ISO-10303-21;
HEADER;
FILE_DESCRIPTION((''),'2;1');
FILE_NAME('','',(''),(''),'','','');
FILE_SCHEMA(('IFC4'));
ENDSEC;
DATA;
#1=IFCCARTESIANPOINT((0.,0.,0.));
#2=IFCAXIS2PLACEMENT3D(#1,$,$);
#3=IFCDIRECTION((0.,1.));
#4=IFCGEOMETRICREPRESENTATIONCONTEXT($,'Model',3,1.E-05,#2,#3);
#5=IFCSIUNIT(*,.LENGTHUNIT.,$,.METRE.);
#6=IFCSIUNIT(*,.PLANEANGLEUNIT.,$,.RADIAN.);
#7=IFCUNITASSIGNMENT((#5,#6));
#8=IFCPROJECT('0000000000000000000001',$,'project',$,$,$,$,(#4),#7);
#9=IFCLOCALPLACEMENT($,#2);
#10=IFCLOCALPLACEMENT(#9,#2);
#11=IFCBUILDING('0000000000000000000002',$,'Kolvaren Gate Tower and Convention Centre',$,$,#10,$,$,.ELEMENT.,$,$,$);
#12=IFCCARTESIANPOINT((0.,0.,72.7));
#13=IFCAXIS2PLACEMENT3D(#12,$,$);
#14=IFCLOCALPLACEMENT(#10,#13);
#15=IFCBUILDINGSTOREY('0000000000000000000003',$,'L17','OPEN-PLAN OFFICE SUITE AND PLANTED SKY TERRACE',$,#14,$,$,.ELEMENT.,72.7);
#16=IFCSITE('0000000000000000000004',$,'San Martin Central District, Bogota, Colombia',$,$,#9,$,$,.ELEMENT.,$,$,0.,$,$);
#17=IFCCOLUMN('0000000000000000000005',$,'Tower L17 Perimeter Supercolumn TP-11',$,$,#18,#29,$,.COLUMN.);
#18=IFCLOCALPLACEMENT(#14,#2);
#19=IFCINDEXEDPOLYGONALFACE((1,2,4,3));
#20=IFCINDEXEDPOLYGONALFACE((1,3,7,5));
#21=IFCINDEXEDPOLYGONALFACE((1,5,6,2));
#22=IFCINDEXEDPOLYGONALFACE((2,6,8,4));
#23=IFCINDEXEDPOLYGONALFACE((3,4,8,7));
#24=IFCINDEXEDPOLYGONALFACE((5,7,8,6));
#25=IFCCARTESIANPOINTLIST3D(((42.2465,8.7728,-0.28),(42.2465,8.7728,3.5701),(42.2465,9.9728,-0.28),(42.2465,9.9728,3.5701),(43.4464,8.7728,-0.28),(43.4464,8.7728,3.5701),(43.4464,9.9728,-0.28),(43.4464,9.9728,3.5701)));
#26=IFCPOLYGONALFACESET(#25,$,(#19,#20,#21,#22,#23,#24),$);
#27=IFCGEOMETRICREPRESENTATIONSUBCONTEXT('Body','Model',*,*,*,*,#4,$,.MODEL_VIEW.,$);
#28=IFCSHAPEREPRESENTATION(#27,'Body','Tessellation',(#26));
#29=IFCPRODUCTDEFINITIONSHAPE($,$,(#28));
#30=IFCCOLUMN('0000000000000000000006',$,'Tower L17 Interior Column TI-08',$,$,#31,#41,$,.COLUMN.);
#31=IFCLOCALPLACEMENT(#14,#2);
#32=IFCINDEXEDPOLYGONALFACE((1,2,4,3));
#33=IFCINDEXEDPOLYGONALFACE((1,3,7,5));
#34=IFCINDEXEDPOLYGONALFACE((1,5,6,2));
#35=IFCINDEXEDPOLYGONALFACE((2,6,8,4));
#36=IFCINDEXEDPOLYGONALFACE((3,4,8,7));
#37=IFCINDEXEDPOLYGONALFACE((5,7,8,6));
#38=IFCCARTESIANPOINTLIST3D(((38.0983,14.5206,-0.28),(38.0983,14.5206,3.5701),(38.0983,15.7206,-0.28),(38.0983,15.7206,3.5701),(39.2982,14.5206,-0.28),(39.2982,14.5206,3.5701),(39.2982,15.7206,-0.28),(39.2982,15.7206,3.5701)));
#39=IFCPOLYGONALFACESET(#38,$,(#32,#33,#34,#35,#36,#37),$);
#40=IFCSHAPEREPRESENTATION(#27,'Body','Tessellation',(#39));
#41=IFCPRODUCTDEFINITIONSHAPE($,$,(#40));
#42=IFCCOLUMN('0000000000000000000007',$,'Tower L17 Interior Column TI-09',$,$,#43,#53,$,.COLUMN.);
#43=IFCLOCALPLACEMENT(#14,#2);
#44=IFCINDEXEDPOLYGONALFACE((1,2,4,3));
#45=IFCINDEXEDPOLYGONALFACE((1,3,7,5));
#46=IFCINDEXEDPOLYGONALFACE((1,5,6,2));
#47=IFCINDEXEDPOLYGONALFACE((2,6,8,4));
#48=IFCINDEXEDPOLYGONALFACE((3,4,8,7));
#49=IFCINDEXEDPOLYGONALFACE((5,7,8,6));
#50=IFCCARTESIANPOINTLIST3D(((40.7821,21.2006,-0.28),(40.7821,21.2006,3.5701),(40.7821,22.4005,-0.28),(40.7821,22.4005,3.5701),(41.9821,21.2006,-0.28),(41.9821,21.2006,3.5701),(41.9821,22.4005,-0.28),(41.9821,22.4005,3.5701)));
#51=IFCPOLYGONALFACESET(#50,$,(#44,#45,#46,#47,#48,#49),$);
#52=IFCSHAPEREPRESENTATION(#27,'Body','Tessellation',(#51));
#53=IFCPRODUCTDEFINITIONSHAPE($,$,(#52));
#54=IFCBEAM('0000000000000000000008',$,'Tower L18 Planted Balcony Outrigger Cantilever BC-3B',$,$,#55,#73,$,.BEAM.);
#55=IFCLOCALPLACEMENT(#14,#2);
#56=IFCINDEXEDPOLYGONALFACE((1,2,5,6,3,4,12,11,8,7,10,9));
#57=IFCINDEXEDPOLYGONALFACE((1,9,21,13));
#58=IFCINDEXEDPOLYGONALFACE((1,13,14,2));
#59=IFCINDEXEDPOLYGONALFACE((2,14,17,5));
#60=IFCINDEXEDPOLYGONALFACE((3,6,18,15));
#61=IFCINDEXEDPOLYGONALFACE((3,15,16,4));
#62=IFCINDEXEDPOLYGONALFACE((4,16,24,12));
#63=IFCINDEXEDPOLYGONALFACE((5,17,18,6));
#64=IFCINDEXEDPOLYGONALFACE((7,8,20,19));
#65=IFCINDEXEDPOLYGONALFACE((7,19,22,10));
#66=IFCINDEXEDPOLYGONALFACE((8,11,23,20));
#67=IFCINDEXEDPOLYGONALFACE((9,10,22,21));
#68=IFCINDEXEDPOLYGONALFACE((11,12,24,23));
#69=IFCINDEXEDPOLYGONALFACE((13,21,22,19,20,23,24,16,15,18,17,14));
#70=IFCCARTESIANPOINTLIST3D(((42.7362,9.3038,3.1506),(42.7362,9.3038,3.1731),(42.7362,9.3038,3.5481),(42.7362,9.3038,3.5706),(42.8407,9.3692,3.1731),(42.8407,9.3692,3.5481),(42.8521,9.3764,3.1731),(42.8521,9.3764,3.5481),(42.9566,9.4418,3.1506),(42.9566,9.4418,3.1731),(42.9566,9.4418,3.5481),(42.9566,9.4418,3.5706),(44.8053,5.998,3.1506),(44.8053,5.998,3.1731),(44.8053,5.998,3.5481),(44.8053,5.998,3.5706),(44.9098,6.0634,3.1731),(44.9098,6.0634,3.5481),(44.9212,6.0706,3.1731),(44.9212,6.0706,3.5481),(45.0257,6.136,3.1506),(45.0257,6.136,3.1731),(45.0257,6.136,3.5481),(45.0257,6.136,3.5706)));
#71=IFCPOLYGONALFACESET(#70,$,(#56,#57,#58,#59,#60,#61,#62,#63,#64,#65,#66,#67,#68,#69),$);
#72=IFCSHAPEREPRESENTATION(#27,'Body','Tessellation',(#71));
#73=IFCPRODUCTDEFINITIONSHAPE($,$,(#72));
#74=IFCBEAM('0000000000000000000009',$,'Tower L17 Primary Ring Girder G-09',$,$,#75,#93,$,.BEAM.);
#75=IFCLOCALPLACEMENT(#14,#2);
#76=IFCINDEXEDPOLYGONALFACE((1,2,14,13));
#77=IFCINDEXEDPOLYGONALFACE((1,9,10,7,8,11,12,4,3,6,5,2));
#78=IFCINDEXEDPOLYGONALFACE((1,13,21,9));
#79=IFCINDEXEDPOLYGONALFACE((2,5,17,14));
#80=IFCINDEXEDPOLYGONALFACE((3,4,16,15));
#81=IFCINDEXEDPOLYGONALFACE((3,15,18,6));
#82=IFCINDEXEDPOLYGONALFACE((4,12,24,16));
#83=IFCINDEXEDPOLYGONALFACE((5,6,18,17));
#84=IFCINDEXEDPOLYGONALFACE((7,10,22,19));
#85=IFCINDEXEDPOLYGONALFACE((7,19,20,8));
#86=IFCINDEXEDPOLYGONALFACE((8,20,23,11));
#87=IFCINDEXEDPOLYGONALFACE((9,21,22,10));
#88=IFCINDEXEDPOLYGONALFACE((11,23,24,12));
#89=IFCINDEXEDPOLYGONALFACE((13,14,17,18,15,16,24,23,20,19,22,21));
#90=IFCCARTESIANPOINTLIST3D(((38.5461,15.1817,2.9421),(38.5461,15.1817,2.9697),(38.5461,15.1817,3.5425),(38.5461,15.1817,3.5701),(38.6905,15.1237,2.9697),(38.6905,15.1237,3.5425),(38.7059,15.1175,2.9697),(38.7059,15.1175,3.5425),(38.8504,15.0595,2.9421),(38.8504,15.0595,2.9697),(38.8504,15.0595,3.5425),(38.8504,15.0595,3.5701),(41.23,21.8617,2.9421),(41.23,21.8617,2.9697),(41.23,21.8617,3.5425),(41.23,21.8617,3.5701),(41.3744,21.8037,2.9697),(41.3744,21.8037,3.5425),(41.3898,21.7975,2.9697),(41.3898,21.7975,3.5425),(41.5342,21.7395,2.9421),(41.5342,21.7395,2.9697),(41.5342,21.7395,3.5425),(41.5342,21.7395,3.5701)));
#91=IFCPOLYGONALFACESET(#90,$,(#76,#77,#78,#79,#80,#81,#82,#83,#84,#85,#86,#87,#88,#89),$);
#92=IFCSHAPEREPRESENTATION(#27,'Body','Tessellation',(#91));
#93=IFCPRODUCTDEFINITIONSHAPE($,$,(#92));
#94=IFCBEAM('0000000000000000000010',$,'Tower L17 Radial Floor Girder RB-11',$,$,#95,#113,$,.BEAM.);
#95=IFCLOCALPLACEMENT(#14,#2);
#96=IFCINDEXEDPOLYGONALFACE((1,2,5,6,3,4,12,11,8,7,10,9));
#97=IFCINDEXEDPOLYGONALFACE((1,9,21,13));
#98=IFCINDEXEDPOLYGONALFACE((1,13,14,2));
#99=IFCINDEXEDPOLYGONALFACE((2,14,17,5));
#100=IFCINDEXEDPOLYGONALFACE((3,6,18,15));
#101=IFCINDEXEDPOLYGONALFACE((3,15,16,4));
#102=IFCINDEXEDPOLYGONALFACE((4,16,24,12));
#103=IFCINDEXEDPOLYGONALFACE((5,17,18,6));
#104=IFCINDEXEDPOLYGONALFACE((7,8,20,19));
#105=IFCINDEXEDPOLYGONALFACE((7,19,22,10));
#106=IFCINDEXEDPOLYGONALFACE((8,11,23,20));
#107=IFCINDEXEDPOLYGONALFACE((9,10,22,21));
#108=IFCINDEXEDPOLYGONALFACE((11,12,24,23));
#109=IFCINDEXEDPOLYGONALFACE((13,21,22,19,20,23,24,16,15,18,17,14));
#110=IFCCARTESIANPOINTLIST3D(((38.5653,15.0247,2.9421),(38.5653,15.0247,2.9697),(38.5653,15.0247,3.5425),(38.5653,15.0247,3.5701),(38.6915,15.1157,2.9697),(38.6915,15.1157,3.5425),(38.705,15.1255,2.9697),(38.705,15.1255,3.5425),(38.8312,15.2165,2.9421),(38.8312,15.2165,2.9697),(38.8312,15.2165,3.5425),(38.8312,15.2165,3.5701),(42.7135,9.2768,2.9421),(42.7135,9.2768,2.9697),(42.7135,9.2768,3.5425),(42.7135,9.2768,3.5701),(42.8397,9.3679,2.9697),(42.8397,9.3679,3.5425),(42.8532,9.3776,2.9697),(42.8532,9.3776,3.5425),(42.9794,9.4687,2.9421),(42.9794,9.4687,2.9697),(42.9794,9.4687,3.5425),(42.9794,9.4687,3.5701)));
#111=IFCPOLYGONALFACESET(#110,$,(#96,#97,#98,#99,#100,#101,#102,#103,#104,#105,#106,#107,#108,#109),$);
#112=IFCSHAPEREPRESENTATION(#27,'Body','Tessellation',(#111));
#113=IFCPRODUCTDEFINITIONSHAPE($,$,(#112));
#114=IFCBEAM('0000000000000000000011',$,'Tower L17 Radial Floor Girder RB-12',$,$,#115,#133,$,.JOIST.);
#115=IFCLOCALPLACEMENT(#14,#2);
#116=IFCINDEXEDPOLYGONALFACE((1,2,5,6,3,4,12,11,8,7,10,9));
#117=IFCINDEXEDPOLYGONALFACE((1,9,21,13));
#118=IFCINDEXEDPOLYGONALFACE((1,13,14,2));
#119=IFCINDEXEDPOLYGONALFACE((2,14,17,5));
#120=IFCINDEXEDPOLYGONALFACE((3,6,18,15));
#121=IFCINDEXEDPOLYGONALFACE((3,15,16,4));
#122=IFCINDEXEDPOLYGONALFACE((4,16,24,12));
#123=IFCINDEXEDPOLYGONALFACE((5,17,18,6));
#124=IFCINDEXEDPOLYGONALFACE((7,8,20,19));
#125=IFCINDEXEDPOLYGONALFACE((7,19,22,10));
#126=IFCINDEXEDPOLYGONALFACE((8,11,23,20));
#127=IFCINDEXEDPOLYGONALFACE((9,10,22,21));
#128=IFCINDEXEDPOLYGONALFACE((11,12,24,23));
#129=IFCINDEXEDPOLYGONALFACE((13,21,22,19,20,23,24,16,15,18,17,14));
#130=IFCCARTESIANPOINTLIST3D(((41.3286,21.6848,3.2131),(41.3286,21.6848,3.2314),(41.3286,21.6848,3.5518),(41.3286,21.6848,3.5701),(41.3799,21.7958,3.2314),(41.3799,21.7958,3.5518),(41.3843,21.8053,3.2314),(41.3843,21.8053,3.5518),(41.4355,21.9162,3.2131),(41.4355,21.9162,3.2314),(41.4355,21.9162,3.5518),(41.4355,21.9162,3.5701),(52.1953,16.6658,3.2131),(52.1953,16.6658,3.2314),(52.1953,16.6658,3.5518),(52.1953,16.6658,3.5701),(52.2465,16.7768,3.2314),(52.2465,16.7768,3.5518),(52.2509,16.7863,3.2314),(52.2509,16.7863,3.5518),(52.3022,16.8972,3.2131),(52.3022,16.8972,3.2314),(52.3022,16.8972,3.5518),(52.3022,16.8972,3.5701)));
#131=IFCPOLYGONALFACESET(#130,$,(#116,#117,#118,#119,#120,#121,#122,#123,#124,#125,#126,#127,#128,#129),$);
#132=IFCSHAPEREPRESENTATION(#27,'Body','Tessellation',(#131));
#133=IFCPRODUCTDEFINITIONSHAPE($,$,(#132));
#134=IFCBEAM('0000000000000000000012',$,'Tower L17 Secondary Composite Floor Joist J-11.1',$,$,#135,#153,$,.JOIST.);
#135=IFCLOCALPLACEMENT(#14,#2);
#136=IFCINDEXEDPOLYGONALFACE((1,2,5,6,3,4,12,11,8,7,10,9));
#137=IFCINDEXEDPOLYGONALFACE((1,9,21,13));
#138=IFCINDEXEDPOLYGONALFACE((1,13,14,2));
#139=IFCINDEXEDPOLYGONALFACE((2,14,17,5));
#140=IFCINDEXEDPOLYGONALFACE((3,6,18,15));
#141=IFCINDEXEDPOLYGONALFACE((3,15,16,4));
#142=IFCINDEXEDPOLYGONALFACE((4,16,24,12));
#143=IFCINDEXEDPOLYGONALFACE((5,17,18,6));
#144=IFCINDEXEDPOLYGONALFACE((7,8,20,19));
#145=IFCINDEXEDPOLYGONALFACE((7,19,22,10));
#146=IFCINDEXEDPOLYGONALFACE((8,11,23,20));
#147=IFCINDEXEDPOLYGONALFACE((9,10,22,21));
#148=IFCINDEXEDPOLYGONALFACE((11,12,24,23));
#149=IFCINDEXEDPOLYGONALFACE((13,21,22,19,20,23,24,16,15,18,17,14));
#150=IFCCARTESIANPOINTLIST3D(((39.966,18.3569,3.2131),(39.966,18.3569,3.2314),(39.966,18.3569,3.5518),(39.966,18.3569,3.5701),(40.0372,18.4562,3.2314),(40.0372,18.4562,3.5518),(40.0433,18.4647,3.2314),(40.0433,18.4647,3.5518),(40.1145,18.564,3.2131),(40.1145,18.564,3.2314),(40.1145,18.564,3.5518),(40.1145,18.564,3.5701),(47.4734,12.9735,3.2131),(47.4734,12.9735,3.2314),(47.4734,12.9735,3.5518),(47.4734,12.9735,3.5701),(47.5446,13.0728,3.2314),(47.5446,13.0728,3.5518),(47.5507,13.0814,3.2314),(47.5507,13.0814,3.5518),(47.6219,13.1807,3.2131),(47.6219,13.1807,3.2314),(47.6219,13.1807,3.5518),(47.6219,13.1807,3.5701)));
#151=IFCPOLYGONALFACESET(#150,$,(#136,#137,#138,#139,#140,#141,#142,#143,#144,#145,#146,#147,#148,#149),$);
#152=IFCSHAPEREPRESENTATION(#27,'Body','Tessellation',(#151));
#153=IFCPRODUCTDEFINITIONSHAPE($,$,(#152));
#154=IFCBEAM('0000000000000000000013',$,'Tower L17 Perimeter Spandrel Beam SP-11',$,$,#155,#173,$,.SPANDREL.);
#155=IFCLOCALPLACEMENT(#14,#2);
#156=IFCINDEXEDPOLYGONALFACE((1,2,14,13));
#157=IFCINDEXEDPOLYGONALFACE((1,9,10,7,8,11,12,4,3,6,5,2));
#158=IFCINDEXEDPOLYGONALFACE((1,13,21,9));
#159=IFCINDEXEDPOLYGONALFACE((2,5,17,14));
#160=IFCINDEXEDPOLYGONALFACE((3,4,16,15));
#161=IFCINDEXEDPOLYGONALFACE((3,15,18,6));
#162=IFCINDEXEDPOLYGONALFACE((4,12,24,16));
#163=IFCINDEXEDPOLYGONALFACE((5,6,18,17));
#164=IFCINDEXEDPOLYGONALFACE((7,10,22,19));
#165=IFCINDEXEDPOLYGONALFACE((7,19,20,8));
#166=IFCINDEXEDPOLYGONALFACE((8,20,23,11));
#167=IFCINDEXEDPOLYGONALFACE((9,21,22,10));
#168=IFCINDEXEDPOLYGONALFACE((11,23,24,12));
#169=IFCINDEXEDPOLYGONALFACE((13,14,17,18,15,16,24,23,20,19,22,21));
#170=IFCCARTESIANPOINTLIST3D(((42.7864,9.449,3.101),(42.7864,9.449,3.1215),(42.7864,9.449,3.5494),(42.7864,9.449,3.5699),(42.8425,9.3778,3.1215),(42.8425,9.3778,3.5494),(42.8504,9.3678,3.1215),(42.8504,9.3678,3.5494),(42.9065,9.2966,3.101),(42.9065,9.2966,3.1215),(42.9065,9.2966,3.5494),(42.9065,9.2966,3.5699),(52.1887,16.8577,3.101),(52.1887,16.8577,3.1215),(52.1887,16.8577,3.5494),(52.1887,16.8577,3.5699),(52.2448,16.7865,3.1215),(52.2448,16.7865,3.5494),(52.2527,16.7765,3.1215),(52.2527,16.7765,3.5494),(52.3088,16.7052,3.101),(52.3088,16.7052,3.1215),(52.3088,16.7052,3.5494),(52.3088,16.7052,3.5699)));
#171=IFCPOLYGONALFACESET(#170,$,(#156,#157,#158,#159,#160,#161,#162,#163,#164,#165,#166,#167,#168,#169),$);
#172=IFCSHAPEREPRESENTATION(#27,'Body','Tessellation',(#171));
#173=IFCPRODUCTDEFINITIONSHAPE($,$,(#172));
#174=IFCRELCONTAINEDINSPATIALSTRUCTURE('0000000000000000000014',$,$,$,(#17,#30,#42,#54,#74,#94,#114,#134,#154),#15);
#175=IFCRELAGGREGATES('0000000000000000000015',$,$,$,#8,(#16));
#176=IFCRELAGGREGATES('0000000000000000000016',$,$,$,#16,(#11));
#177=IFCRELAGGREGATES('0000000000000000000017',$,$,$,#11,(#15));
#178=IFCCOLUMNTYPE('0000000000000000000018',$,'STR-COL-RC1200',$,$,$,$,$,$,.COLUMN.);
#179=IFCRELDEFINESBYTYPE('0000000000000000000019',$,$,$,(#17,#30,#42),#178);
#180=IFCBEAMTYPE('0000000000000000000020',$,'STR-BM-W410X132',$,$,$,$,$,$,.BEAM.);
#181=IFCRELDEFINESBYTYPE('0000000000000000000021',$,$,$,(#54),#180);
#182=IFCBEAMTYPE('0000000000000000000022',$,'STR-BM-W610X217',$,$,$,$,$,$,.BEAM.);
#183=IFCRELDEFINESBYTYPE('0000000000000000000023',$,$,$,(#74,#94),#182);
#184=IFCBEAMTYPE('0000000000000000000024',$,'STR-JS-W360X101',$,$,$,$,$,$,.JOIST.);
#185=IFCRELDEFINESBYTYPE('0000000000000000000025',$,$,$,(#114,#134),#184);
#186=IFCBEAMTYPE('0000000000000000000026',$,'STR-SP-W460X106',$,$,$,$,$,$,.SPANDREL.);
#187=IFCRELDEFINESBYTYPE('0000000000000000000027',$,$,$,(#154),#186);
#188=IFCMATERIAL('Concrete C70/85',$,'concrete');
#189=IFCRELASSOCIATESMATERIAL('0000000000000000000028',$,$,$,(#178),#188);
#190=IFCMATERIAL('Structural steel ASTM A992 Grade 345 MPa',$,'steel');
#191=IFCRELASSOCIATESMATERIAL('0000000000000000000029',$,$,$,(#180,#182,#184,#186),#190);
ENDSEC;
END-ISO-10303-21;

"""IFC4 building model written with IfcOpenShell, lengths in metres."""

from ifc_helpers import new_model, si_unit, direction, frame, origin, origin_2d, place, context, subcontext, project, spatial, rectangle, i_section, extrude, material, material_profile, profile_set, type_object, element, save


model = new_model("IFC4")

# Units and contexts
model_context = context("Model", 3, precision=1e-05, world=origin(), true_north=direction((0.0, 1.0)))
body_context = subcontext(model_context, "Body", "Model", "MODEL_VIEW")
ifc_project = project(units=[si_unit("LENGTHUNIT", "METRE"), si_unit("PLANEANGLEUNIT", "RADIAN")], contexts=[model_context])

# Site, building, storey
site_placement = place(None, origin())
site = spatial("IfcSite", under=ifc_project, at=site_placement, Name="San Martin Central District, Bogota, Colombia", CompositionType="ELEMENT", RefElevation=0.0)
building_placement = place(site_placement, origin())
building = spatial("IfcBuilding", under=site, at=building_placement, Name="Kolvaren Gate Tower and Convention Centre", CompositionType="ELEMENT")
storey_placement = place(building_placement, frame((0.0, 0.0, 72.7)))
storey = spatial("IfcBuildingStorey", under=building, at=storey_placement, Name="L17", Description="OPEN-PLAN OFFICE SUITE AND PLANTED SKY TERRACE", CompositionType="ELEMENT", Elevation=72.7)

# Columns
ifc_material_1 = material(Name="Concrete C70/85", Category="concrete")
ifc_material_profile_1 = material_profile(ifc_material_1, rectangle(XDim=1.2, YDim=1.2, at=origin_2d()), Name="RC-COL-1200X1200")
ifc_profile_set_1 = profile_set([ifc_material_profile_1], Name="Concrete C70/85")
column_type = type_object("IfcColumnType", Name="STR-COL-RC1200", PredefinedType="COLUMN", material=ifc_profile_set_1)
for number, where, z_axis, x_axis, name in (
    (1, (42.8464, 9.3728, -0.28), (0.0, 0.0, 1.0), (1.0, 0.0, 0.0), "Tower L17 Perimeter Supercolumn TP-11"),
    (2, (38.6982, 15.1206, -0.28), (0.0, 0.0, 1.0), (1.0, 0.0, 0.0), "Tower L17 Interior Column TI-08"),
    (3, (41.3821, 21.8005, -0.28), (0.0, 0.0, 1.0), (1.0, 0.0, 0.0), "Tower L17 Interior Column TI-09"),
):
    element("IfcColumn", number, at=place(storey_placement, frame(where, z_axis=z_axis, x_axis=x_axis)), inside=storey, type_object=column_type, Name=name, PredefinedType="COLUMN", context=body_context, shape_type="SweptSolid", body=[
        extrude(rectangle(XDim=1.2, YDim=1.2, at=origin_2d()), origin(), (0.0, 0.0, 1.0), 3.8501),
    ])

# Beams
ifc_material_2 = material(Name="Structural steel ASTM A992 Grade 345 MPa", Category="steel")
ifc_material_profile_2 = material_profile(ifc_material_2, i_section(OverallWidth=0.26, OverallDepth=0.4199, WebThickness=0.0134, FlangeThickness=0.0225, at=origin_2d()), Name="W410X132")
ifc_profile_set_2 = profile_set([ifc_material_profile_2], Name="Structural steel ASTM A992 Grade 345 MPa")
beam_type_1 = type_object("IfcBeamType", Name="STR-BM-W410X132", PredefinedType="BEAM", material=ifc_profile_set_2)
beam_1_placement = place(storey_placement, frame((42.8464, 9.3728, 3.3606), z_axis=(0.530533, -0.847664, 0.0), x_axis=(0.847664, 0.530533, 0.0)))
element("IfcBeam", 4, at=beam_1_placement, inside=storey, type_object=beam_type_1, Name="Tower L18 Planted Balcony Outrigger Cantilever BC-3B", PredefinedType="BEAM", context=body_context, shape_type="SweptSolid", body=[
    extrude(i_section(OverallWidth=0.26, OverallDepth=0.4199, WebThickness=0.0134, FlangeThickness=0.0225, at=origin_2d()), origin(), (0.0, 0.0, 1.0), 3.8999),
])
ifc_material_profile_3 = material_profile(ifc_material_2, i_section(OverallWidth=0.3279, OverallDepth=0.6279, WebThickness=0.0166, FlangeThickness=0.0276, at=origin_2d()), Name="W610X217")
ifc_profile_set_3 = profile_set([ifc_material_profile_3], Name="Structural steel ASTM A992 Grade 345 MPa")
beam_type_2 = type_object("IfcBeamType", Name="STR-BM-W610X217", PredefinedType="BEAM", material=ifc_profile_set_3)
beam_2_placement = place(storey_placement, frame((38.6982, 15.1206, 3.2561), z_axis=(0.372811, 0.927907, 0.0), x_axis=(-0.927907, 0.372811, 0.0)))
element("IfcBeam", 5, at=beam_2_placement, inside=storey, type_object=beam_type_2, Name="Tower L17 Primary Ring Girder G-09", PredefinedType="BEAM", context=body_context, shape_type="SweptSolid", body=[
    extrude(i_section(OverallWidth=0.3279, OverallDepth=0.6279, WebThickness=0.0166, FlangeThickness=0.0276, at=origin_2d()), origin(), (0.0, 0.0, 1.0), 7.199),
])
beam_3_placement = place(storey_placement, frame((38.6982, 15.1206, 3.2561), z_axis=(0.585213, -0.81088, 0.0), x_axis=(0.81088, 0.585213, 0.0)))
element("IfcBeam", 6, at=beam_3_placement, inside=storey, type_object=beam_type_2, Name="Tower L17 Radial Floor Girder RB-11", PredefinedType="BEAM", context=body_context, shape_type="SweptSolid", body=[
    extrude(i_section(OverallWidth=0.3279, OverallDepth=0.6279, WebThickness=0.0166, FlangeThickness=0.0276, at=origin_2d()), origin(), (0.0, 0.0, 1.0), 7.0884),
])
ifc_material_profile_4 = material_profile(ifc_material_2, i_section(OverallWidth=0.2549, OverallDepth=0.3569, WebThickness=0.0105, FlangeThickness=0.0183, at=origin_2d()), Name="W360X101")
ifc_profile_set_4 = profile_set([ifc_material_profile_4], Name="Structural steel ASTM A992 Grade 345 MPa")
beam_type_3 = type_object("IfcBeamType", Name="STR-JS-W360X101", PredefinedType="JOIST", material=ifc_profile_set_4)
beam_4_placement = place(storey_placement, frame((41.3821, 21.8005, 3.3916), z_axis=(0.907844, -0.419309, 0.0), x_axis=(0.419309, 0.907844, 0.0)))
element("IfcBeam", 7, at=beam_4_placement, inside=storey, type_object=beam_type_3, Name="Tower L17 Radial Floor Girder RB-12", PredefinedType="JOIST", context=body_context, shape_type="SweptSolid", body=[
    extrude(i_section(OverallWidth=0.2549, OverallDepth=0.3569, WebThickness=0.0105, FlangeThickness=0.0183, at=origin_2d()), origin(), (0.0, 0.0, 1.0), 11.9697),
])
beam_5_placement = place(storey_placement, frame((40.0403, 18.4604, 3.3916), z_axis=(0.812661, -0.582737, 0.0), x_axis=(0.582737, 0.812661, 0.0)))
element("IfcBeam", 8, at=beam_5_placement, inside=storey, type_object=beam_type_3, Name="Tower L17 Secondary Composite Floor Joist J-11.1", PredefinedType="JOIST", context=body_context, shape_type="SweptSolid", body=[
    extrude(i_section(OverallWidth=0.2549, OverallDepth=0.3569, WebThickness=0.0105, FlangeThickness=0.0183, at=origin_2d()), origin(), (0.0, 0.0, 1.0), 9.238),
])
ifc_material_profile_5 = material_profile(ifc_material_2, i_section(OverallWidth=0.1941, OverallDepth=0.469, WebThickness=0.0127, FlangeThickness=0.0205, at=origin_2d()), Name="W460X106")
ifc_profile_set_5 = profile_set([ifc_material_profile_5], Name="Structural steel ASTM A992 Grade 345 MPa")
beam_type_4 = type_object("IfcBeamType", Name="STR-SP-W460X106", PredefinedType="SPANDREL", material=ifc_profile_set_5)
beam_6_placement = place(storey_placement, frame((42.8464, 9.3728, 3.3354), z_axis=(0.78546, 0.618913, 0.0), x_axis=(-0.618913, 0.78546, 0.0)))
element("IfcBeam", 9, at=beam_6_placement, inside=storey, type_object=beam_type_4, Name="Tower L17 Perimeter Spandrel Beam SP-11", PredefinedType="SPANDREL", context=body_context, shape_type="SweptSolid", body=[
    extrude(i_section(OverallWidth=0.1941, OverallDepth=0.469, WebThickness=0.0127, FlangeThickness=0.0205, at=origin_2d()), origin(), (0.0, 0.0, 1.0), 11.9705),
])

save(model, "model.ifc")
